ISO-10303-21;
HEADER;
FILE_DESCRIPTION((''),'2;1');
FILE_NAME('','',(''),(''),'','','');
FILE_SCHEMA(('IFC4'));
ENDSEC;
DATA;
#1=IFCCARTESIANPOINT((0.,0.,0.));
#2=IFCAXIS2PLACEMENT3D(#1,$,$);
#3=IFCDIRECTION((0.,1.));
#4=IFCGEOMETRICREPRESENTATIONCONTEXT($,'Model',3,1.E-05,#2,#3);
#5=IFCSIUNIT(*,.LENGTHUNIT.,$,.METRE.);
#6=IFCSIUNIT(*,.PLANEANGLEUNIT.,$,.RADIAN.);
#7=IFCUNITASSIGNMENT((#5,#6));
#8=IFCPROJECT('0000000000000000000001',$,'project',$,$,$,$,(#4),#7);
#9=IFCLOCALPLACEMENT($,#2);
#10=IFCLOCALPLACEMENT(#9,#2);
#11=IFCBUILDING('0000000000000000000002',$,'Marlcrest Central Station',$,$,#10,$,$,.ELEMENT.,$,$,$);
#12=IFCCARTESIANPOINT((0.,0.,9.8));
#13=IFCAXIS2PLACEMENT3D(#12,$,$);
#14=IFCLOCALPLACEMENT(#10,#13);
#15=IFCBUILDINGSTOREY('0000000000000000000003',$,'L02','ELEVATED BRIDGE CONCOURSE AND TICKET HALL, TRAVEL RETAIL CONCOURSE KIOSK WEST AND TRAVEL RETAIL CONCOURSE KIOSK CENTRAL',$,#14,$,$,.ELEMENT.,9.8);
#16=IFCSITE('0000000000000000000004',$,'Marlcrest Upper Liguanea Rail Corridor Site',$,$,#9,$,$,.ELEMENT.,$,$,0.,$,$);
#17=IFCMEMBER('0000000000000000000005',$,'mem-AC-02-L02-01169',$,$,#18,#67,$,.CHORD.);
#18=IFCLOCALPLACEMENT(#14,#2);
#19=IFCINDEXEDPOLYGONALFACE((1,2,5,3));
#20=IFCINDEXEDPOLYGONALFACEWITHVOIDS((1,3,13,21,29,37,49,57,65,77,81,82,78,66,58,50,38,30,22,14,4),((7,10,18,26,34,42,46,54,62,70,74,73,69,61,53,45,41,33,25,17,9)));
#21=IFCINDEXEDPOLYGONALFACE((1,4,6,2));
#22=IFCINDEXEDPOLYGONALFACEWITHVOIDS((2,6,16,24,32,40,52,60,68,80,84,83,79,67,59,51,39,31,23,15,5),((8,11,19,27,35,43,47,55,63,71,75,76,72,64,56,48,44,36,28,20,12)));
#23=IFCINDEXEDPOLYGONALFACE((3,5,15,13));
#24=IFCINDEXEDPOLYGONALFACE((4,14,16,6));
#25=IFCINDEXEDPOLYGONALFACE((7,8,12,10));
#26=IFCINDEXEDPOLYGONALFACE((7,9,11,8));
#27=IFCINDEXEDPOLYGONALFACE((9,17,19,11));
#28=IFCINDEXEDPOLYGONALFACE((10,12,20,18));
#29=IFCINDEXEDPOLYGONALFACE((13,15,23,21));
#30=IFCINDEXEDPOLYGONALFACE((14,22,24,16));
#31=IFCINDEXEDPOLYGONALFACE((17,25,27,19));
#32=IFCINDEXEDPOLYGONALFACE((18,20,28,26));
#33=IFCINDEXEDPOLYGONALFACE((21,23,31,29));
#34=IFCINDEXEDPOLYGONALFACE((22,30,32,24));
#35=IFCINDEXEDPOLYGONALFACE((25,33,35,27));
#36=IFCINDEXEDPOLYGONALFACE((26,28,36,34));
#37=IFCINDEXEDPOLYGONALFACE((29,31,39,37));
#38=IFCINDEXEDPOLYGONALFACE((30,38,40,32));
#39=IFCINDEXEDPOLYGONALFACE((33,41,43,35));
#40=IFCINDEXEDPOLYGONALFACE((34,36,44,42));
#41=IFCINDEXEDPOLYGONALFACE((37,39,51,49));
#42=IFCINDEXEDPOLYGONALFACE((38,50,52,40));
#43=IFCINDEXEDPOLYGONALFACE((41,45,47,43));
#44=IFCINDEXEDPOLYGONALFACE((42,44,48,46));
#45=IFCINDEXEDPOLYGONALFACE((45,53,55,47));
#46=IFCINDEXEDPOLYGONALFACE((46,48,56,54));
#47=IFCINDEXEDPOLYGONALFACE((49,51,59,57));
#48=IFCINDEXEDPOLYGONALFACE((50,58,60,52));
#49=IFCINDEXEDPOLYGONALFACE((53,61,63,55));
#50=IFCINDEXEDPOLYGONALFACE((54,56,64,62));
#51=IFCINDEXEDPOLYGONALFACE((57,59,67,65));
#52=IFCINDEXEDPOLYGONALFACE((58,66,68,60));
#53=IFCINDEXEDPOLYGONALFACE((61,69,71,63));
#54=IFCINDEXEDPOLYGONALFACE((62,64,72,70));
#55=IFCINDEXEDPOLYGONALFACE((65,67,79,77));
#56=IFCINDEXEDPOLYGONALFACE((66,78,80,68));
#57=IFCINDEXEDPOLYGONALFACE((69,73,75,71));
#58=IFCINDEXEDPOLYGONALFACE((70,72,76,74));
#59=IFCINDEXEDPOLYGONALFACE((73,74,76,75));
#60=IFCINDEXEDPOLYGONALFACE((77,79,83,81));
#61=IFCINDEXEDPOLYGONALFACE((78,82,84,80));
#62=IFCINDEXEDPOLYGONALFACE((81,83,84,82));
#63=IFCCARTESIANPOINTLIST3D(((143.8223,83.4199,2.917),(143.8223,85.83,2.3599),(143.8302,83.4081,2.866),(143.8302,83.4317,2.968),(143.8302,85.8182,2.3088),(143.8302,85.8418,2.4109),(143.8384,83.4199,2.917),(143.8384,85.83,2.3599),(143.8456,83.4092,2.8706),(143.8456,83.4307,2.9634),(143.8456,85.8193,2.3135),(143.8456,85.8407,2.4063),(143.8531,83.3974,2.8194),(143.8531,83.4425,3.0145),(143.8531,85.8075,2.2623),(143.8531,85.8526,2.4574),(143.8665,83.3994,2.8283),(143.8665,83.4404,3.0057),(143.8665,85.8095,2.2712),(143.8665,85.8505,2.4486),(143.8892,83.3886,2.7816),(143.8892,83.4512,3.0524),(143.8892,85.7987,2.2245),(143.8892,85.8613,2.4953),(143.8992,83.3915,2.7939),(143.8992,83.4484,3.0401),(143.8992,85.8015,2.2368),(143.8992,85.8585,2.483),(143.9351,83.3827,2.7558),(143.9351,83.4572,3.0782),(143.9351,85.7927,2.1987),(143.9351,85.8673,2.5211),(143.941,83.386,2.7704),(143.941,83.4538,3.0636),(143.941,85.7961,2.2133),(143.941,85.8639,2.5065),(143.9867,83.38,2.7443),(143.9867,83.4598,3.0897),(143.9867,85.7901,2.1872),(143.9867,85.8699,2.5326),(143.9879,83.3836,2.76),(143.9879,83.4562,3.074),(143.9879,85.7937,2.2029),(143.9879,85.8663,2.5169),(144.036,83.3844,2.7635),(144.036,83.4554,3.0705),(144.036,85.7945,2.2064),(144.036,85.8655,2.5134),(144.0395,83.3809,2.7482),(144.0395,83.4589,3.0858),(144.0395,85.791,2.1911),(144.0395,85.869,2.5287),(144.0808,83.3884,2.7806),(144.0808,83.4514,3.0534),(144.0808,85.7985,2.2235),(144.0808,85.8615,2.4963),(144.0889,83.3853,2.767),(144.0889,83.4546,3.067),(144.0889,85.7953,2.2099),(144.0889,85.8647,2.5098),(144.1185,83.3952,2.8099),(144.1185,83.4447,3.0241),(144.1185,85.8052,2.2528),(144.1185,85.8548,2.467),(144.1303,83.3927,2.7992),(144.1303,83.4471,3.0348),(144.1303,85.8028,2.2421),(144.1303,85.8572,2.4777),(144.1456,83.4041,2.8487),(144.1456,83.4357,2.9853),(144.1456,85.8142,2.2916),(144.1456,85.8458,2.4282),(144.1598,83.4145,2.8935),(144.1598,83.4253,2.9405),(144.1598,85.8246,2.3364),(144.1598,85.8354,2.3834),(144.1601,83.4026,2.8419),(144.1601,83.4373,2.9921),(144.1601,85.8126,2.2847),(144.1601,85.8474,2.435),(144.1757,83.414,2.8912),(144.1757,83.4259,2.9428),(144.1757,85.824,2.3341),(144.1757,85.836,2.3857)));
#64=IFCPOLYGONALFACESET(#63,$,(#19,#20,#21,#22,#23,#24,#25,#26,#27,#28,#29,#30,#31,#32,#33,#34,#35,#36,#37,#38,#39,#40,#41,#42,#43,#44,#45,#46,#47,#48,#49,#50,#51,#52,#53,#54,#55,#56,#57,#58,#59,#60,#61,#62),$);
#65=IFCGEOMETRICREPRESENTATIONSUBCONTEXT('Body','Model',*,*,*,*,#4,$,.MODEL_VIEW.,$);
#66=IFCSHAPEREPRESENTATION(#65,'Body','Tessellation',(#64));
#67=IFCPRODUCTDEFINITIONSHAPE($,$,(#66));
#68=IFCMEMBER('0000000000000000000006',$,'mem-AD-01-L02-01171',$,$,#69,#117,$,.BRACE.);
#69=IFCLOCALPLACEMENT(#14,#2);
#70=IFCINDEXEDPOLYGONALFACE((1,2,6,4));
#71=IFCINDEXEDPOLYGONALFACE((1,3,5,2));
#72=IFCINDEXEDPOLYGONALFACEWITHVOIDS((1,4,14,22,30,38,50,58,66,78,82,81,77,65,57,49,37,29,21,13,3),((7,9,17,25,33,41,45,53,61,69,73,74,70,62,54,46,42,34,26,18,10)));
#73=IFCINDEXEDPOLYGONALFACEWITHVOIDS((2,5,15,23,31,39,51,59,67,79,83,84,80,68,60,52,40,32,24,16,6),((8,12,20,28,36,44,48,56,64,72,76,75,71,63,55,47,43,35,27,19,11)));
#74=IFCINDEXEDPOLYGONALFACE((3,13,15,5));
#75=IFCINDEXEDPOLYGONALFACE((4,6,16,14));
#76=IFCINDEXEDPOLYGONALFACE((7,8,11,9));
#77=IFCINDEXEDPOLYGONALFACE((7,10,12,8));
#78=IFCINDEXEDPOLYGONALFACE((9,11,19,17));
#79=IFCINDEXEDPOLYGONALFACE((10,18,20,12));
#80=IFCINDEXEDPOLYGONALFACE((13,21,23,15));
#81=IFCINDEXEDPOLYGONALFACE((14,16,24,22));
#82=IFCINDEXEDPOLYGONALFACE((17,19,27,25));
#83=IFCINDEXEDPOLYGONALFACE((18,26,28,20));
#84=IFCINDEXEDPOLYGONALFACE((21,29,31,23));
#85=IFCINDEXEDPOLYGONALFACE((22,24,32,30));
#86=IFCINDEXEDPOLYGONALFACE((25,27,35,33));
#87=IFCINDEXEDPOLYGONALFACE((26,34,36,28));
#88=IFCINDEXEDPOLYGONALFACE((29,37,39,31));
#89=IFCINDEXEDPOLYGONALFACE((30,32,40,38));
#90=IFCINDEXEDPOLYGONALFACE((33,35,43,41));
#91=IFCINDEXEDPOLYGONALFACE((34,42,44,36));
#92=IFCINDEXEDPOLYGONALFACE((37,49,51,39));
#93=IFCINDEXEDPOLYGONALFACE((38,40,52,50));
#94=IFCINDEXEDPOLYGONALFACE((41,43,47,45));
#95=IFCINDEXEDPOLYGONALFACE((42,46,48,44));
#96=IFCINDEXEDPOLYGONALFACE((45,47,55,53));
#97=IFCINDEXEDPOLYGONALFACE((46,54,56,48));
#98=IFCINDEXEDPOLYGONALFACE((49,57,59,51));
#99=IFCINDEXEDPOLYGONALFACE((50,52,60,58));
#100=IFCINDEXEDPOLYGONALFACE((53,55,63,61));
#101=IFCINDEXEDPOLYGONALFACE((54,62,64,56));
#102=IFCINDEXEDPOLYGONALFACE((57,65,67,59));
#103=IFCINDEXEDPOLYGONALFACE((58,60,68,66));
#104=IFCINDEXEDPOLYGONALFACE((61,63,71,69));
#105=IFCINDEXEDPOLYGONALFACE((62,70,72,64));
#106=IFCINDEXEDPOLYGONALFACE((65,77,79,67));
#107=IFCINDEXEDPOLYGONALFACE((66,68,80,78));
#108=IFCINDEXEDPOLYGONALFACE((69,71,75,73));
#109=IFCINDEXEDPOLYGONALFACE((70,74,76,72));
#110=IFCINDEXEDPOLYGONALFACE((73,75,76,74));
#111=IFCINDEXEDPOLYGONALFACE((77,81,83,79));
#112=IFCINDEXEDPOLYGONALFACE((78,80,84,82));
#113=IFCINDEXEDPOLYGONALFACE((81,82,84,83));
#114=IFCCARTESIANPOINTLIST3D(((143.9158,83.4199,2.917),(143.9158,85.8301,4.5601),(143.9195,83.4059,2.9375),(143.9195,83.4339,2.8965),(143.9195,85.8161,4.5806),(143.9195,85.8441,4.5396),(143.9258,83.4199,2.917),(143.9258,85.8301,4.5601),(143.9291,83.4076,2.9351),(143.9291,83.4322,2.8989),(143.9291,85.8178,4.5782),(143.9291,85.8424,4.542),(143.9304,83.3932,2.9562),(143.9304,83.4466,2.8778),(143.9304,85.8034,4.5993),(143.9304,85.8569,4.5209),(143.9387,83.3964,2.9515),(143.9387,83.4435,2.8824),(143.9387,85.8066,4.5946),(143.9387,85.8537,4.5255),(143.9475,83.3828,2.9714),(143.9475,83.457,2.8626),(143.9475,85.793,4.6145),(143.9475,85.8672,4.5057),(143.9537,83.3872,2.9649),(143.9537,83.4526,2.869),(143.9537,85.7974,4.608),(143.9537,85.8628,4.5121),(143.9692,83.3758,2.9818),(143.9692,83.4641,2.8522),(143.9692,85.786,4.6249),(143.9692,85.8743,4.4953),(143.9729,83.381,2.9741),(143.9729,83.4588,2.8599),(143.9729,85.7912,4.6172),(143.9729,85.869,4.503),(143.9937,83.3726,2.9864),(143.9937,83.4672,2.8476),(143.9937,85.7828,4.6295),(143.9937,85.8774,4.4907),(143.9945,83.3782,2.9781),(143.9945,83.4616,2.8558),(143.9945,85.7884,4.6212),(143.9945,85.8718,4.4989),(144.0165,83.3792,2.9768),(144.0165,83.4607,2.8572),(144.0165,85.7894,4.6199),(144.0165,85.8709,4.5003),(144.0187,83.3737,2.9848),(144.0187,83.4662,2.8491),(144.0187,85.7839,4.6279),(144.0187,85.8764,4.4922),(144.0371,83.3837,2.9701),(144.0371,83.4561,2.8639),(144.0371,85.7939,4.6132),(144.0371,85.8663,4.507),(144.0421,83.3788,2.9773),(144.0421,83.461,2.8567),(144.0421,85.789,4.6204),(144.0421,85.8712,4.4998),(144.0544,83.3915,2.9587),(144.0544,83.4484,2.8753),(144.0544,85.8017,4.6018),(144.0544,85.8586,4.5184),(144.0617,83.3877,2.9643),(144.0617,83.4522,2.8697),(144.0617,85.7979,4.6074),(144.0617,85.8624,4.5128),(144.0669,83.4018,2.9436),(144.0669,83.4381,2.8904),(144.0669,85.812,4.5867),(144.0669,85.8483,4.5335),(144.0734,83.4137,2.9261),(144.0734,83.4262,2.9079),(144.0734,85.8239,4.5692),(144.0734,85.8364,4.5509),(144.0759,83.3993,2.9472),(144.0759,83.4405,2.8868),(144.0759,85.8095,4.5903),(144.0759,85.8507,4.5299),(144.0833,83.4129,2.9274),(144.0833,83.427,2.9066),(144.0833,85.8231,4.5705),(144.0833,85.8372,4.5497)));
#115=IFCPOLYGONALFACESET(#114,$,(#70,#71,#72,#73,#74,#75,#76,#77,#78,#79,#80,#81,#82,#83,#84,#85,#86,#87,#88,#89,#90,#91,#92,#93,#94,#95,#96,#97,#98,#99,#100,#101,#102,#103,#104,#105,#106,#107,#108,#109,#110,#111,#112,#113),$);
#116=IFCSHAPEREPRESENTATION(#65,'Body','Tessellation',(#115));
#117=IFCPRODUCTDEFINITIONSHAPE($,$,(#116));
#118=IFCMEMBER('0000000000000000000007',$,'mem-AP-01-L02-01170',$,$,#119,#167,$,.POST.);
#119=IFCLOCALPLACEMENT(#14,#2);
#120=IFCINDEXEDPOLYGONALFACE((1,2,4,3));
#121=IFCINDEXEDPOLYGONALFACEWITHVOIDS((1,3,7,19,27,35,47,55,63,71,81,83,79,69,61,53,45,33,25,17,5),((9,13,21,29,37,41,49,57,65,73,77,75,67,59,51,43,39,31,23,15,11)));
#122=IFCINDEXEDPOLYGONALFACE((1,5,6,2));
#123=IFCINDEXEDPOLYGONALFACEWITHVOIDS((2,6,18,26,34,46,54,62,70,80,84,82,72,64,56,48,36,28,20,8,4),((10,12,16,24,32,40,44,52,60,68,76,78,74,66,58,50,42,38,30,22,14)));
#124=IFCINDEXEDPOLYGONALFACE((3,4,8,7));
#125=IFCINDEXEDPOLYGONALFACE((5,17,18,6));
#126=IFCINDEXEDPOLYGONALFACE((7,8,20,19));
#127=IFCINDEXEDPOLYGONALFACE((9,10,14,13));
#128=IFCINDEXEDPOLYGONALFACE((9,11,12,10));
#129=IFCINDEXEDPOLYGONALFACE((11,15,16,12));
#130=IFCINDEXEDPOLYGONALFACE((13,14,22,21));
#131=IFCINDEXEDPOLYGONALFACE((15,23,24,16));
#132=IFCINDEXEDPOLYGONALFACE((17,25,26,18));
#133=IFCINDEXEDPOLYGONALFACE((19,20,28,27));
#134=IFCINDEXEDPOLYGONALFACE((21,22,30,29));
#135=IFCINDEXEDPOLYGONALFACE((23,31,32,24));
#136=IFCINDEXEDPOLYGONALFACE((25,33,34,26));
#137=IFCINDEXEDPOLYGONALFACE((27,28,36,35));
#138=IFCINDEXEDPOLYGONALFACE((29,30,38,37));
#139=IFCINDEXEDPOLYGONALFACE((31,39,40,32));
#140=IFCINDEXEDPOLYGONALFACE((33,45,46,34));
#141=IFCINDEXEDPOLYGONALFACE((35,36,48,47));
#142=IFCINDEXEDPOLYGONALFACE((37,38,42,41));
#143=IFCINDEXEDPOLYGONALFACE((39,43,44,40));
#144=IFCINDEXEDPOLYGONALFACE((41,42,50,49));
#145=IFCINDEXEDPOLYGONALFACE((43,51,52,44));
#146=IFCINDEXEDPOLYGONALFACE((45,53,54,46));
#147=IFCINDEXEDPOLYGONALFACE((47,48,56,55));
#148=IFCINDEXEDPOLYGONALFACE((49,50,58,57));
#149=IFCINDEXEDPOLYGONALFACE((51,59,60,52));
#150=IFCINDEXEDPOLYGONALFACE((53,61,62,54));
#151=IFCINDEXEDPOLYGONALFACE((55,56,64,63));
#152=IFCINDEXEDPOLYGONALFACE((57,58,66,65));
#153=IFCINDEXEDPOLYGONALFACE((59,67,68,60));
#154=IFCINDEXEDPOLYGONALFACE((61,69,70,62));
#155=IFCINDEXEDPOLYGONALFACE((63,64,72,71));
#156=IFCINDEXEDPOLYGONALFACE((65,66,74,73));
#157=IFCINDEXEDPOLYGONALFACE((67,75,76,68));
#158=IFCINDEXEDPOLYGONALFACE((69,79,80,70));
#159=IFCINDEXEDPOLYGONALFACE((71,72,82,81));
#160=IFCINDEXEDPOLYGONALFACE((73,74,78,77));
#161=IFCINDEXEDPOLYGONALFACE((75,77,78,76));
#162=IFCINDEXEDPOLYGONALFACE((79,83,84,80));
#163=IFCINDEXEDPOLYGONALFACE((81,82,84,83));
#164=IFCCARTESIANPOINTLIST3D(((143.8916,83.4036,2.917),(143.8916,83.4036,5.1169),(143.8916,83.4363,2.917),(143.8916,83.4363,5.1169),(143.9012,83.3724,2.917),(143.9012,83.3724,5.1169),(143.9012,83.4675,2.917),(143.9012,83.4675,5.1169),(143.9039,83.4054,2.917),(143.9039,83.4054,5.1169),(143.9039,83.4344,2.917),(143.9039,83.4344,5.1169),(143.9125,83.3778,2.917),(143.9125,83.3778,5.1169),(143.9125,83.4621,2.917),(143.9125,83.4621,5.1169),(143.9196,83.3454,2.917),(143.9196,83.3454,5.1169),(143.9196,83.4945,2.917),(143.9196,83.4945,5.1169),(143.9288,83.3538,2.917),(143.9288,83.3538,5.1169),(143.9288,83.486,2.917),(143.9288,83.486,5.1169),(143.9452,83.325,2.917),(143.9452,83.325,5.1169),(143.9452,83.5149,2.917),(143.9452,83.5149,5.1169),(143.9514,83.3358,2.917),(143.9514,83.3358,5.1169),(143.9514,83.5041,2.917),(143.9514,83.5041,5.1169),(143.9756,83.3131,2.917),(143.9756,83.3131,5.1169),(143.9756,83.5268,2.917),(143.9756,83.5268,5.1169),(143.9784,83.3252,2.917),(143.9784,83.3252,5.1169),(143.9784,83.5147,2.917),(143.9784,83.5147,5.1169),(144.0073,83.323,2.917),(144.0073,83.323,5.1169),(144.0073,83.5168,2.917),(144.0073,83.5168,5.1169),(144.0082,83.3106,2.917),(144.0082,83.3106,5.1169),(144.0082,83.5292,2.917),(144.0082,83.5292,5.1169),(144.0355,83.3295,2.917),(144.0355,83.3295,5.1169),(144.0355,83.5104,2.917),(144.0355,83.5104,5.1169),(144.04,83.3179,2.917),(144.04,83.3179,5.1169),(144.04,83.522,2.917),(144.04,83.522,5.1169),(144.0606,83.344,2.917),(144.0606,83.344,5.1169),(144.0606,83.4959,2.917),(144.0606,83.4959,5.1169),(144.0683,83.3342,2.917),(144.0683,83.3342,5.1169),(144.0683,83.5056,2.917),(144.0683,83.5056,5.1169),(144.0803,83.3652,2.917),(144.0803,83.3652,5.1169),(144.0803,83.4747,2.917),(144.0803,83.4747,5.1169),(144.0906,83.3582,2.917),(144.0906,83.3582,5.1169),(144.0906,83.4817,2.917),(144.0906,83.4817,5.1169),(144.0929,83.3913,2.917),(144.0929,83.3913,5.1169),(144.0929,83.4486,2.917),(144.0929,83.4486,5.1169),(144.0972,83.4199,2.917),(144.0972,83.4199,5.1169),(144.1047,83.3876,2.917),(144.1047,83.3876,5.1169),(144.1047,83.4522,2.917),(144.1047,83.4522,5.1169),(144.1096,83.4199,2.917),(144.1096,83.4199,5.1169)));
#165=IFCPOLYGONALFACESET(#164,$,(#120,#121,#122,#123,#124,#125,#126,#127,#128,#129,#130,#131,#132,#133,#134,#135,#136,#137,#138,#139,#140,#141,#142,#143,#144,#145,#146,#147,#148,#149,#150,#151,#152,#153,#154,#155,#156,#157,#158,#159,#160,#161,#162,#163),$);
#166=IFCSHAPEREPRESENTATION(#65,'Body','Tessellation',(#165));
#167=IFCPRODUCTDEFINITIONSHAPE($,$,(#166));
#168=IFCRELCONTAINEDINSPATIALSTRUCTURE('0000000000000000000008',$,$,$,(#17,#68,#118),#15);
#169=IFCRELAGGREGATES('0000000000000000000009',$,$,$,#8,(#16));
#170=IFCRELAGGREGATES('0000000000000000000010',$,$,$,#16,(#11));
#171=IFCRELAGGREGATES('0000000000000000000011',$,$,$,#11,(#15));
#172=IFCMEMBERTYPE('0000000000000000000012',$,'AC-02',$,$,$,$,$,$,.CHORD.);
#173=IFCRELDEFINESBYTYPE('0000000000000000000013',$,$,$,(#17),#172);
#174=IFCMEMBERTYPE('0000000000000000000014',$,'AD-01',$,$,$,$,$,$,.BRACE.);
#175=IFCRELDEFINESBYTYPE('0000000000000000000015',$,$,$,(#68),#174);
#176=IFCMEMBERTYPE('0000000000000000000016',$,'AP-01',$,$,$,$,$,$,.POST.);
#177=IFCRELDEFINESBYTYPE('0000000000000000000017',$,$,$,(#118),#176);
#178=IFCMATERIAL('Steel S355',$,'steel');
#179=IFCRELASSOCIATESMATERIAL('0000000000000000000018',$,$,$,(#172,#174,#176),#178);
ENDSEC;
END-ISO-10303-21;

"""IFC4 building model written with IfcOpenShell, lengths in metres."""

from ifc_helpers import new_model, si_unit, direction, frame, origin, origin_2d, place, context, subcontext, project, spatial, hollow_circle, extrude, material, material_profile, profile_set, type_object, element, save


model = new_model("IFC4")

# Units and contexts
model_context = context("Model", 3, precision=1e-05, world=origin(), true_north=direction((0.0, 1.0)))
body_context = subcontext(model_context, "Body", "Model", "MODEL_VIEW")
ifc_project = project(units=[si_unit("LENGTHUNIT", "METRE"), si_unit("PLANEANGLEUNIT", "RADIAN")], contexts=[model_context])

# Site, building, storey
site_placement = place(None, origin())
site = spatial("IfcSite", under=ifc_project, at=site_placement, Name="Marlcrest Upper Liguanea Rail Corridor Site", CompositionType="ELEMENT", RefElevation=0.0)
building_placement = place(site_placement, origin())
building = spatial("IfcBuilding", under=site, at=building_placement, Name="Marlcrest Central Station", CompositionType="ELEMENT")
storey_placement = place(building_placement, frame((0.0, 0.0, 9.8)))
storey = spatial("IfcBuildingStorey", under=building, at=storey_placement, Name="L02", Description="ELEVATED BRIDGE CONCOURSE AND TICKET HALL, TRAVEL RETAIL CONCOURSE KIOSK WEST AND TRAVEL RETAIL CONCOURSE KIOSK CENTRAL", CompositionType="ELEMENT", Elevation=9.8)

# Shared definitions
ifc_material_1 = material(Name="Steel S355", Category="steel")

# Members
ifc_material_profile_1 = material_profile(ifc_material_1, hollow_circle(Radius=0.1777, WallThickness=0.0161, at=origin_2d()), Name="CHS 355.6x16")
ifc_profile_set_1 = profile_set([ifc_material_profile_1], Name="Steel S355")
member_type_1 = type_object("IfcMemberType", Name="AC-02", PredefinedType="CHORD", material=ifc_profile_set_1)
member_1_placement = place(storey_placement, frame((144.0, 83.4199, 2.917), z_axis=(0.0, 0.974308, -0.22522), x_axis=(-1.0, 0.0, 0.0)))
element("IfcMember", 1, at=member_1_placement, inside=storey, type_object=member_type_1, Name="mem-AC-02-L02-01169", PredefinedType="CHORD", context=body_context, shape_type="SweptSolid", body=[
    extrude(hollow_circle(Radius=0.1777, WallThickness=0.0161, at=origin_2d()), origin(), (0.0, 0.0, 1.0), 2.4736),
])
ifc_material_profile_2 = material_profile(ifc_material_1, hollow_circle(Radius=0.0842, WallThickness=0.01, at=origin_2d()), Name="CHS 168.3x10")
ifc_profile_set_2 = profile_set([ifc_material_profile_2], Name="Steel S355")
member_type_2 = type_object("IfcMemberType", Name="AD-01", PredefinedType="BRACE", material=ifc_profile_set_2)
member_2_placement = place(storey_placement, frame((144.0, 83.4199, 2.917), z_axis=(0.0, 0.826263, 0.563285), x_axis=(-1.0, 0.0, 0.0)))
element("IfcMember", 2, at=member_2_placement, inside=storey, type_object=member_type_2, Name="mem-AD-01-L02-01171", PredefinedType="BRACE", context=body_context, shape_type="SweptSolid", body=[
    extrude(hollow_circle(Radius=0.0842, WallThickness=0.01, at=origin_2d()), origin(), (0.0, 0.0, 1.0), 2.917),
])
ifc_material_profile_3 = material_profile(ifc_material_1, hollow_circle(Radius=0.1096, WallThickness=0.0125, at=origin_2d()), Name="CHS 219.1x12.5")
ifc_profile_set_3 = profile_set([ifc_material_profile_3], Name="Steel S355")
member_type_3 = type_object("IfcMemberType", Name="AP-01", PredefinedType="POST", material=ifc_profile_set_3)
member_3_placement = place(storey_placement, frame((144.0, 83.4199, 2.917), z_axis=(0.0, 0.0, 1.0), x_axis=(1.0, 0.0, 0.0)))
element("IfcMember", 3, at=member_3_placement, inside=storey, type_object=member_type_3, Name="mem-AP-01-L02-01170", PredefinedType="POST", context=body_context, shape_type="SweptSolid", body=[
    extrude(hollow_circle(Radius=0.1096, WallThickness=0.0125, at=origin_2d()), origin(), (0.0, 0.0, 1.0), 2.2),
])

save(model, "model.ifc")
